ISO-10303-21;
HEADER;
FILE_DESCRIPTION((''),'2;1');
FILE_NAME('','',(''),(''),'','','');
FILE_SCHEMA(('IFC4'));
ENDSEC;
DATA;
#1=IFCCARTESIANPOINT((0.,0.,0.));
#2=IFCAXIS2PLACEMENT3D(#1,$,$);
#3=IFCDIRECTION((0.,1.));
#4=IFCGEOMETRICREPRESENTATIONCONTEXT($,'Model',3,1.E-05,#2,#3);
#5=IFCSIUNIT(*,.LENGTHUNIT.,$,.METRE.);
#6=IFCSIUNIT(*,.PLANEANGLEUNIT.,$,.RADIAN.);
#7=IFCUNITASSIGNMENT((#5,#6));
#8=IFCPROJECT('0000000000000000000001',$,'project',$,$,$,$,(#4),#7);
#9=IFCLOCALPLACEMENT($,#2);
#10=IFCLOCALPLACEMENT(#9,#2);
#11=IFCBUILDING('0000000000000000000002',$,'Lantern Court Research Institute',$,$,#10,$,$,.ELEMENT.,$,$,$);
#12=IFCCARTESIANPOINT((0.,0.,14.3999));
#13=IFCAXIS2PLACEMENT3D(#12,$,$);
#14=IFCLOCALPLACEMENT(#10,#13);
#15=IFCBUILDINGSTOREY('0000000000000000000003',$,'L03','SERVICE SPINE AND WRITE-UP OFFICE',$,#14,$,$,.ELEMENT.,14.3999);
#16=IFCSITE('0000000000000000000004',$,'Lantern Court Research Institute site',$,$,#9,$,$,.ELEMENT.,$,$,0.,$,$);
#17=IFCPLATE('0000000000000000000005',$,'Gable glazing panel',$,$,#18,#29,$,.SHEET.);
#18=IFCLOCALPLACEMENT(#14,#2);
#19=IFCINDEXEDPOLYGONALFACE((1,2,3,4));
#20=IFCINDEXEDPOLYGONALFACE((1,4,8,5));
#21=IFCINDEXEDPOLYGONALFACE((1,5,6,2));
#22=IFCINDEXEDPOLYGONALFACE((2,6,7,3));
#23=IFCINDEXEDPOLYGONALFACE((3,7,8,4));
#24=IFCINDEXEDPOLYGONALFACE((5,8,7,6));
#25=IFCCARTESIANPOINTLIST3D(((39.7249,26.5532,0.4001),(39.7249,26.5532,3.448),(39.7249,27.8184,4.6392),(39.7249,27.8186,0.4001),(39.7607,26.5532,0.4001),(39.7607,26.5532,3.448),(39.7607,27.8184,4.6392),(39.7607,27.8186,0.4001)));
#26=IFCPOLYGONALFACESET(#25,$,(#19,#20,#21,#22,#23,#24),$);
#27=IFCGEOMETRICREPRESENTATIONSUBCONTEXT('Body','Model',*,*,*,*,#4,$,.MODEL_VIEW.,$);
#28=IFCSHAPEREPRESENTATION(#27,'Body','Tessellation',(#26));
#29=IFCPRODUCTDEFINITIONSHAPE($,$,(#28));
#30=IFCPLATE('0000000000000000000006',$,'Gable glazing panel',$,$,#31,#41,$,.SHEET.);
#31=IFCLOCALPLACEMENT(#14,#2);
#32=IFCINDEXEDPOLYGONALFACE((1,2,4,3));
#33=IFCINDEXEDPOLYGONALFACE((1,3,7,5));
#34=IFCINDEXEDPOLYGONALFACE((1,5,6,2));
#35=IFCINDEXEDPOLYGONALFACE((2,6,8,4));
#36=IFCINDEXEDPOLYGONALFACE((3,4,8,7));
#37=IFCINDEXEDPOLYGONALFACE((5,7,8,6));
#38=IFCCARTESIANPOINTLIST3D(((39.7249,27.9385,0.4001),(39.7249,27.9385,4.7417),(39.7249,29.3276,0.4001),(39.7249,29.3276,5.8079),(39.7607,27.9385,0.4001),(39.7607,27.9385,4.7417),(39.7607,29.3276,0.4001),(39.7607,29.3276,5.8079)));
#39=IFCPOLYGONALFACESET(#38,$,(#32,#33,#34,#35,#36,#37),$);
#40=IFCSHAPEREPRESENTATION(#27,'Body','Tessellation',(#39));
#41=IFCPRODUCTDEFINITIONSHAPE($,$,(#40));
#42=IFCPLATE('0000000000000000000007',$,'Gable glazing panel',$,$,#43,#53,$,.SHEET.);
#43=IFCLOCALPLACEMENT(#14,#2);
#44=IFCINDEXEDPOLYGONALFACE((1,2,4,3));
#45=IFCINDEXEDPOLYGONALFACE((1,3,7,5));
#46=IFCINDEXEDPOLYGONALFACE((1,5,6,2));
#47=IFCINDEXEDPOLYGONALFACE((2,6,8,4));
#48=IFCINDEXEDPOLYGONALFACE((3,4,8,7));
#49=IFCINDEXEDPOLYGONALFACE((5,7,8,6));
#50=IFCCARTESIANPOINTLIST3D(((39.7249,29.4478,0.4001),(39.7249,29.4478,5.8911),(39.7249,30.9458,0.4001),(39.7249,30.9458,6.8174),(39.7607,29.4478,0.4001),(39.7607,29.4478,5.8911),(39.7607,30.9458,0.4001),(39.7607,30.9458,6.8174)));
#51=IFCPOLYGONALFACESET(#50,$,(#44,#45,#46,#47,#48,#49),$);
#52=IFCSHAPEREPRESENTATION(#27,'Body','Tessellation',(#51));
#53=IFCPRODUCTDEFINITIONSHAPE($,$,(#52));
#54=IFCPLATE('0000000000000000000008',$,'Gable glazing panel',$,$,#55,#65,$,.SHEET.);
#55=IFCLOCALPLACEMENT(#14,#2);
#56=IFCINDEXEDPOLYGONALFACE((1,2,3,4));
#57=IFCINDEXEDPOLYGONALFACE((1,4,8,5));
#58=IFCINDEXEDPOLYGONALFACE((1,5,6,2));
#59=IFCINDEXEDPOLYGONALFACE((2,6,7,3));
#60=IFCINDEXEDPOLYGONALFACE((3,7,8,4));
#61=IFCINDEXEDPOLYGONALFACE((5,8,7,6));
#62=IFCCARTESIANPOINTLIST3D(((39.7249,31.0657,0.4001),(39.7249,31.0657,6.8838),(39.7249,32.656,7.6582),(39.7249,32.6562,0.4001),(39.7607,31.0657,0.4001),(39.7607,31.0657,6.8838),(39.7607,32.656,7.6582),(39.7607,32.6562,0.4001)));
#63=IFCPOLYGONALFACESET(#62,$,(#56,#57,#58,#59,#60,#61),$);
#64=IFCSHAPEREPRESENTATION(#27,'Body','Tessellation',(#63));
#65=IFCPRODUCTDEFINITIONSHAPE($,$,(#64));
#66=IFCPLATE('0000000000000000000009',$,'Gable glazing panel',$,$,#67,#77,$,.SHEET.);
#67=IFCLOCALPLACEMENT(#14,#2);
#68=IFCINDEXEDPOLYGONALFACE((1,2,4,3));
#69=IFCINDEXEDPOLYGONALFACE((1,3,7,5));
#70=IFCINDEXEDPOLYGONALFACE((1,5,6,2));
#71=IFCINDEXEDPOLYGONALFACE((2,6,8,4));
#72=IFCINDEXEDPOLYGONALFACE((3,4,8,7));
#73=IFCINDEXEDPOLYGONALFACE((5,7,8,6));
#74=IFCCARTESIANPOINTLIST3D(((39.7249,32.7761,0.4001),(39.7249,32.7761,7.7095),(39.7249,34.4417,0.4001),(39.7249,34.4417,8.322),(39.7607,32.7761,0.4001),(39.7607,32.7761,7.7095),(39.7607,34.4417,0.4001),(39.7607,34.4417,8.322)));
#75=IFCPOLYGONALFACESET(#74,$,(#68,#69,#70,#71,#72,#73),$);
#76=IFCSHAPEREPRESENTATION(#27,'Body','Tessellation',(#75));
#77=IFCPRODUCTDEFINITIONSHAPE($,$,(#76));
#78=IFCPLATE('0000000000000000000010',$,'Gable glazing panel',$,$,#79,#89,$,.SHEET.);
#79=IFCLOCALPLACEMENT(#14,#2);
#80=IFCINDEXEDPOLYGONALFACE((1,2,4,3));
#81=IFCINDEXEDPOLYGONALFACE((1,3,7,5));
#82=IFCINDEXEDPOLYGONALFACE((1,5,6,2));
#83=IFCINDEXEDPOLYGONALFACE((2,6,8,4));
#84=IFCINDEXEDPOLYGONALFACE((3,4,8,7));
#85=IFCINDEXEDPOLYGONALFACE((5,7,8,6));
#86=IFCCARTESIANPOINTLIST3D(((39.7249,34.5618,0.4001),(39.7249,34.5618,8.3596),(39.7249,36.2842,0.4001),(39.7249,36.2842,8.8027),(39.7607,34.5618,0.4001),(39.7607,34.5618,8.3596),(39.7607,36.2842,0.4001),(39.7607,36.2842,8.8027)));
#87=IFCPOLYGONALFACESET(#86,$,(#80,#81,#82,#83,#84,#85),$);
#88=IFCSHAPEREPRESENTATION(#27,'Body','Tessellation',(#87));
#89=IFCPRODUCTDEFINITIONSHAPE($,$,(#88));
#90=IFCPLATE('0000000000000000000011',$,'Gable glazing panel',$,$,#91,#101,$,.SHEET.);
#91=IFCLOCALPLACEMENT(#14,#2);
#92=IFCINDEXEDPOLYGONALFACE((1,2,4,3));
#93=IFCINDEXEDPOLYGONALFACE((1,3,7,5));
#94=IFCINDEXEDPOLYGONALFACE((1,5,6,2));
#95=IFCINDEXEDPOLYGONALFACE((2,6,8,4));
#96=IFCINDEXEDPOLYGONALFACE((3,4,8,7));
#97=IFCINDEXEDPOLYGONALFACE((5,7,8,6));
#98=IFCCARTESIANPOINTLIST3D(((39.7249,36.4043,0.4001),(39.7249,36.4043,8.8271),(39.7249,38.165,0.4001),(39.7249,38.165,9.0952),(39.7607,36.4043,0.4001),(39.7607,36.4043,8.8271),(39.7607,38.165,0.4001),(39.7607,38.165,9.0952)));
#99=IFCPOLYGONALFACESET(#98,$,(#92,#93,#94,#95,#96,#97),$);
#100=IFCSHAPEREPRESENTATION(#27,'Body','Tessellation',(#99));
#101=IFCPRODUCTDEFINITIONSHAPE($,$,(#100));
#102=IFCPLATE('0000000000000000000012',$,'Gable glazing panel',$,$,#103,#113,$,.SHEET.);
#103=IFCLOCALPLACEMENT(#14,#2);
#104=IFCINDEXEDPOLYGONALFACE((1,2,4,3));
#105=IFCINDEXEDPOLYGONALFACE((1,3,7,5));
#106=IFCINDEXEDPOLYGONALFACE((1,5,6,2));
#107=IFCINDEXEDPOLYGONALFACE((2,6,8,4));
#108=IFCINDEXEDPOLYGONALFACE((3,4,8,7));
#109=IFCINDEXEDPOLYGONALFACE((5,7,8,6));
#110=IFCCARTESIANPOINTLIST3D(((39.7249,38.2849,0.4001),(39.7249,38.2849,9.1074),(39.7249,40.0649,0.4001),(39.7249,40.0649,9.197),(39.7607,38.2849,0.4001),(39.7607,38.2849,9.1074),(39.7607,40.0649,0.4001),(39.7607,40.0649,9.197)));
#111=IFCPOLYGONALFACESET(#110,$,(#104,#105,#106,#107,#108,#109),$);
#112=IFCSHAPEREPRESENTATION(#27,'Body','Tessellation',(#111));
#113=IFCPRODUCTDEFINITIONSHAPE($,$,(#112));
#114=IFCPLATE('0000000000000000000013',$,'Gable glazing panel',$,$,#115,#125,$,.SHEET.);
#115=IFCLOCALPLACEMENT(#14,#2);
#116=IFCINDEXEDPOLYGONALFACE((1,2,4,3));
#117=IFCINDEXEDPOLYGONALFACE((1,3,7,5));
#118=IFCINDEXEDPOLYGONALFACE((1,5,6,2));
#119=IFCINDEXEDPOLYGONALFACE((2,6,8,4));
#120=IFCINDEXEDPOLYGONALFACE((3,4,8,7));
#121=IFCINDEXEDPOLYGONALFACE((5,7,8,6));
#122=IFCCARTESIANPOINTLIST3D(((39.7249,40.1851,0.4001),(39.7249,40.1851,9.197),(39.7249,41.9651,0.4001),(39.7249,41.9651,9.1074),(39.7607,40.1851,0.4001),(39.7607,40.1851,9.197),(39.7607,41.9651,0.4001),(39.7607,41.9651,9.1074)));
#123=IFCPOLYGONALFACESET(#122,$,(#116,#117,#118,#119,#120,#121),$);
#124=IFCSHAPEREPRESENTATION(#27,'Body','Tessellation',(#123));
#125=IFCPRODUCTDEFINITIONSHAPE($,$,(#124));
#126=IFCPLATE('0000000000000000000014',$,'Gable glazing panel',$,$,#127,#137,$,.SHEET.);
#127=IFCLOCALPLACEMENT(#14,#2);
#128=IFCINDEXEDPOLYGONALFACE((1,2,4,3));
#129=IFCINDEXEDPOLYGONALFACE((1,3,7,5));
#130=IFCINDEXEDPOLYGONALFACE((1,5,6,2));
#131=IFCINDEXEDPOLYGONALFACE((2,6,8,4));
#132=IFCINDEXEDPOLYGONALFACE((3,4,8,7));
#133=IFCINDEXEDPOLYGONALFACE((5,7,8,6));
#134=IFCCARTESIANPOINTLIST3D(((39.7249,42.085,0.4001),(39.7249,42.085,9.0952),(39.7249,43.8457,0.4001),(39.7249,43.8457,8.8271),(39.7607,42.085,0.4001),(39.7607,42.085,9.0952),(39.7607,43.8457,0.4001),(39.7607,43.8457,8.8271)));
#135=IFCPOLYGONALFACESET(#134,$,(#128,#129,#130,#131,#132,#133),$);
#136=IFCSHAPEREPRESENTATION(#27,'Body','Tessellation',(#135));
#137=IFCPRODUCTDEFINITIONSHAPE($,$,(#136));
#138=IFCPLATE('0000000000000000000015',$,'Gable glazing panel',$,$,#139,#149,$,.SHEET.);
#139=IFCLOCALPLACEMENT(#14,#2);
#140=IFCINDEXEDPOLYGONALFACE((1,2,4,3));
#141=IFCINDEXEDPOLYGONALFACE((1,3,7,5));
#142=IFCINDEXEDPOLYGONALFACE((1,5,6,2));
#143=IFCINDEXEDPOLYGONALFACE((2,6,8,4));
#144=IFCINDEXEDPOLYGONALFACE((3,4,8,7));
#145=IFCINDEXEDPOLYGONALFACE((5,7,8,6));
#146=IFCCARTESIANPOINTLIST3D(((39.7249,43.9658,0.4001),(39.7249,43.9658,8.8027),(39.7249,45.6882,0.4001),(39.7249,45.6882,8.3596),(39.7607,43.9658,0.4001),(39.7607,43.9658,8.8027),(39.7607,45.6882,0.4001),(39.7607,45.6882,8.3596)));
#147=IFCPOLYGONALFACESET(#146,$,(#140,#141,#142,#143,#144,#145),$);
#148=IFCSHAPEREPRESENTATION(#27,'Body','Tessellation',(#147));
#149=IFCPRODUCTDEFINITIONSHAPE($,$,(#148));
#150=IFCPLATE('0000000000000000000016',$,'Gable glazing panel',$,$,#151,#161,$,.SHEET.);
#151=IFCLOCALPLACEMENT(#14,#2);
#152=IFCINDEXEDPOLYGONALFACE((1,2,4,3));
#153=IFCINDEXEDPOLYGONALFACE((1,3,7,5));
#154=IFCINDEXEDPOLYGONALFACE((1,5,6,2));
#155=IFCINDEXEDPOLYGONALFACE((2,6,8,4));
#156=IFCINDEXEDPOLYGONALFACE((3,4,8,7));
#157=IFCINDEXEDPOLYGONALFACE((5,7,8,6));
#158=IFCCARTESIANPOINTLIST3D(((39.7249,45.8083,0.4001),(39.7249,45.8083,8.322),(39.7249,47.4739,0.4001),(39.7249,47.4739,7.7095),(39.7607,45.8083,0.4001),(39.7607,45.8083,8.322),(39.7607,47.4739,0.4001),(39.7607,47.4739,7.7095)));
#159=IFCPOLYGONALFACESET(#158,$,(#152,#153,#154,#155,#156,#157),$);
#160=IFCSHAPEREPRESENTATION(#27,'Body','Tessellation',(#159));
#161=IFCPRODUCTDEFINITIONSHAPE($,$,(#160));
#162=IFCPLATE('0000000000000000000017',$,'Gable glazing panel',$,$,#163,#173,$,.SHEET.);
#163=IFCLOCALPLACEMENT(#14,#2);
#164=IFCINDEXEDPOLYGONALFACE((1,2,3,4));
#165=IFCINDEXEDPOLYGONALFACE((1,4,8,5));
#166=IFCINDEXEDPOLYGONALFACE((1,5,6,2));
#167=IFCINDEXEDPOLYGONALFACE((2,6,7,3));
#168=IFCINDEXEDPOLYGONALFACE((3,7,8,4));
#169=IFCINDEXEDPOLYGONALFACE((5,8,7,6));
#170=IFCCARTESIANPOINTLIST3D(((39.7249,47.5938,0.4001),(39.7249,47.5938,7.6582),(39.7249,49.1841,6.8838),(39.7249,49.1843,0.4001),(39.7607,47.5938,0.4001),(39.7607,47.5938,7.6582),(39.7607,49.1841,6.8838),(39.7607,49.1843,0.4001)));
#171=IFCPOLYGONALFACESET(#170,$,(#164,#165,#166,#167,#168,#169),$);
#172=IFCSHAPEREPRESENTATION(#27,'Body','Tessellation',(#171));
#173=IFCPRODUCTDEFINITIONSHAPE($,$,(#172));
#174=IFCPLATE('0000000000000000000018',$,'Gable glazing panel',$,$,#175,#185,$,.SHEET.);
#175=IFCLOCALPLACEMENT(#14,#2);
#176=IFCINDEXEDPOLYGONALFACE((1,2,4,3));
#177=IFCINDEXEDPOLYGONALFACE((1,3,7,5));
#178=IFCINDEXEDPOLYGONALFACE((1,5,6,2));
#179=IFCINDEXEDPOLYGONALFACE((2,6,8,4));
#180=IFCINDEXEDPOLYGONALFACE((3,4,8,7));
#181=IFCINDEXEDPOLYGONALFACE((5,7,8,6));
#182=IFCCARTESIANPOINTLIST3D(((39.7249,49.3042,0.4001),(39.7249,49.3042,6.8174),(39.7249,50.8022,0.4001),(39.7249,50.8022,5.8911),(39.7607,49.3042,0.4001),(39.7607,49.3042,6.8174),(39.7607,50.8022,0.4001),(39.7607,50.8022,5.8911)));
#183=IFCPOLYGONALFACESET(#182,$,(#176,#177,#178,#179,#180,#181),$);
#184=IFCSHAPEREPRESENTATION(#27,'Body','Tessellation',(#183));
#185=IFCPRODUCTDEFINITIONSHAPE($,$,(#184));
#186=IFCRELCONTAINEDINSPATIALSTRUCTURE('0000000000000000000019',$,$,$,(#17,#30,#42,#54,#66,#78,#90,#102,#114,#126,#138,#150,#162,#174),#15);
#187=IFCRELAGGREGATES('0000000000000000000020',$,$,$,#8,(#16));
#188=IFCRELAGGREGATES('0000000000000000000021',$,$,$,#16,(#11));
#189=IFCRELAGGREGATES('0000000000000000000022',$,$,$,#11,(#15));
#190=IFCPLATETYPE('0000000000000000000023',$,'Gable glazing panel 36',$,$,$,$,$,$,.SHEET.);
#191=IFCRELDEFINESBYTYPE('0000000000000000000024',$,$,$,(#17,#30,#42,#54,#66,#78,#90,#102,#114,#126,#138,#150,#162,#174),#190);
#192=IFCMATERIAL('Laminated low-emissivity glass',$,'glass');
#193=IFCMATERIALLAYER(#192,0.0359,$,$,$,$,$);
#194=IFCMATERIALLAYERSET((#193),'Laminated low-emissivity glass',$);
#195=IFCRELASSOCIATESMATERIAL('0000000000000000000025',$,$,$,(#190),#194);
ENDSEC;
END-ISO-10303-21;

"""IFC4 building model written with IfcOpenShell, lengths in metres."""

from ifc_helpers import new_model, si_unit, direction, frame, origin, place, context, subcontext, project, spatial, polyline, outline, extrude, material, layer, layer_set, type_object, element, save


model = new_model("IFC4")

# Units and contexts
model_context = context("Model", 3, precision=1e-05, world=origin(), true_north=direction((0.0, 1.0)))
body_context = subcontext(model_context, "Body", "Model", "MODEL_VIEW")
ifc_project = project(units=[si_unit("LENGTHUNIT", "METRE"), si_unit("PLANEANGLEUNIT", "RADIAN")], contexts=[model_context])

# Site, building, storey
site_placement = place(None, origin())
site = spatial("IfcSite", under=ifc_project, at=site_placement, Name="Lantern Court Research Institute site", CompositionType="ELEMENT", RefElevation=0.0)
building_placement = place(site_placement, origin())
building = spatial("IfcBuilding", under=site, at=building_placement, Name="Lantern Court Research Institute", CompositionType="ELEMENT")
storey_placement = place(building_placement, frame((0.0, 0.0, 14.3999)))
storey = spatial("IfcBuildingStorey", under=building, at=storey_placement, Name="L03", Description="SERVICE SPINE AND WRITE-UP OFFICE", CompositionType="ELEMENT", Elevation=14.3999)

# Plates
ifc_material_1 = material(Name="Laminated low-emissivity glass", Category="glass")
ifc_layer_1 = layer(ifc_material_1, 0.0359)
ifc_layer_set_1 = layer_set([ifc_layer_1], Name="Laminated low-emissivity glass")
plate_type_1 = type_object("IfcPlateType", Name="Gable glazing panel 36", PredefinedType="SHEET", material=ifc_layer_set_1)
plate_1_placement = place(storey_placement, frame((39.7429, 26.5532, 0.4001), z_axis=(0.0, 0.0, 1.0), x_axis=(0.0, 1.0, 0.0)))
element("IfcPlate", 1, at=plate_1_placement, inside=storey, type_object=plate_type_1, Name="Gable glazing panel", PredefinedType="SHEET", context=body_context, shape_type="SweptSolid", body=[
    extrude(outline(polyline([(0.0, 0.0), (1.2654, 0.0), (1.2651, 4.239), (0.0, 3.0479), (0.0, 0.0)])), frame((0.0, 0.0181, 0.0), z_axis=(0.0, -1.0, 0.0), x_axis=(1.0, 0.0, 0.0)), (0.0, 0.0, 1.0), 0.0359),
])
plate_2_placement = place(storey_placement, frame((39.7429, 27.9385, 0.4001), z_axis=(0.0, 0.0, 1.0), x_axis=(0.0, 1.0, 0.0)))
element("IfcPlate", 2, at=plate_2_placement, inside=storey, type_object=plate_type_1, Name="Gable glazing panel", PredefinedType="SHEET", context=body_context, shape_type="SweptSolid", body=[
    extrude(outline(polyline([(0.0, 0.0), (1.3892, 0.0), (1.3892, 5.4077), (0.0, 4.3416), (0.0, 0.0)])), frame((0.0, 0.0181, 0.0), z_axis=(0.0, -1.0, 0.0), x_axis=(1.0, 0.0, 0.0)), (0.0, 0.0, 1.0), 0.0359),
])
plate_3_placement = place(storey_placement, frame((39.7429, 29.4478, 0.4001), z_axis=(0.0, 0.0, 1.0), x_axis=(0.0, 1.0, 0.0)))
element("IfcPlate", 3, at=plate_3_placement, inside=storey, type_object=plate_type_1, Name="Gable glazing panel", PredefinedType="SHEET", context=body_context, shape_type="SweptSolid", body=[
    extrude(outline(polyline([(0.0, 0.0), (1.498, 0.0), (1.498, 6.4172), (0.0, 5.491), (0.0, 0.0)])), frame((0.0, 0.0181, 0.0), z_axis=(0.0, -1.0, 0.0), x_axis=(1.0, 0.0, 0.0)), (0.0, 0.0, 1.0), 0.0359),
])
plate_4_placement = place(storey_placement, frame((39.7429, 31.0657, 0.4001), z_axis=(0.0, 0.0, 1.0), x_axis=(0.0, 1.0, 0.0)))
element("IfcPlate", 4, at=plate_4_placement, inside=storey, type_object=plate_type_1, Name="Gable glazing panel", PredefinedType="SHEET", context=body_context, shape_type="SweptSolid", body=[
    extrude(outline(polyline([(0.0, 0.0), (1.5906, 0.0), (1.5903, 7.2581), (0.0, 6.4836), (0.0, 0.0)])), frame((0.0, 0.0181, 0.0), z_axis=(0.0, -1.0, 0.0), x_axis=(1.0, 0.0, 0.0)), (0.0, 0.0, 1.0), 0.0359),
])
plate_5_placement = place(storey_placement, frame((39.7429, 32.7761, 0.4001), z_axis=(0.0, 0.0, 1.0), x_axis=(0.0, 1.0, 0.0)))
element("IfcPlate", 5, at=plate_5_placement, inside=storey, type_object=plate_type_1, Name="Gable glazing panel", PredefinedType="SHEET", context=body_context, shape_type="SweptSolid", body=[
    extrude(outline(polyline([(0.0, 0.0), (1.6655, 0.0), (1.6655, 7.9219), (0.0, 7.3093), (0.0, 0.0)])), frame((0.0, 0.0181, 0.0), z_axis=(0.0, -1.0, 0.0), x_axis=(1.0, 0.0, 0.0)), (0.0, 0.0, 1.0), 0.0359),
])
plate_6_placement = place(storey_placement, frame((39.7429, 34.5618, 0.4001), z_axis=(0.0, 0.0, 1.0), x_axis=(0.0, 1.0, 0.0)))
element("IfcPlate", 6, at=plate_6_placement, inside=storey, type_object=plate_type_1, Name="Gable glazing panel", PredefinedType="SHEET", context=body_context, shape_type="SweptSolid", body=[
    extrude(outline(polyline([(0.0, 0.0), (1.7224, 0.0), (1.7224, 8.4026), (0.0, 7.9595), (0.0, 0.0)])), frame((0.0, 0.0181, 0.0), z_axis=(0.0, -1.0, 0.0), x_axis=(1.0, 0.0, 0.0)), (0.0, 0.0, 1.0), 0.0359),
])
plate_7_placement = place(storey_placement, frame((39.7429, 36.4043, 0.4001), z_axis=(0.0, 0.0, 1.0), x_axis=(0.0, 1.0, 0.0)))
element("IfcPlate", 7, at=plate_7_placement, inside=storey, type_object=plate_type_1, Name="Gable glazing panel", PredefinedType="SHEET", context=body_context, shape_type="SweptSolid", body=[
    extrude(outline(polyline([(0.0, 0.0), (1.7607, 0.0), (1.7607, 8.6951), (0.0, 8.427), (0.0, 0.0)])), frame((0.0, 0.0181, 0.0), z_axis=(0.0, -1.0, 0.0), x_axis=(1.0, 0.0, 0.0)), (0.0, 0.0, 1.0), 0.0359),
])
plate_8_placement = place(storey_placement, frame((39.7429, 38.2849, 0.4001), z_axis=(0.0, 0.0, 1.0), x_axis=(0.0, 1.0, 0.0)))
element("IfcPlate", 8, at=plate_8_placement, inside=storey, type_object=plate_type_1, Name="Gable glazing panel", PredefinedType="SHEET", context=body_context, shape_type="SweptSolid", body=[
    extrude(outline(polyline([(0.0, 0.0), (1.78, 0.0), (1.78, 8.7969), (0.0, 8.7073), (0.0, 0.0)])), frame((0.0, 0.0181, 0.0), z_axis=(0.0, -1.0, 0.0), x_axis=(1.0, 0.0, 0.0)), (0.0, 0.0, 1.0), 0.0359),
])
plate_9_placement = place(storey_placement, frame((39.7429, 40.1851, 0.4001), z_axis=(0.0, 0.0, 1.0), x_axis=(0.0, 1.0, 0.0)))
element("IfcPlate", 9, at=plate_9_placement, inside=storey, type_object=plate_type_1, Name="Gable glazing panel", PredefinedType="SHEET", context=body_context, shape_type="SweptSolid", body=[
    extrude(outline(polyline([(0.0, 0.0), (1.78, 0.0), (1.78, 8.7073), (0.0, 8.7969), (0.0, 0.0)])), frame((0.0, 0.0181, 0.0), z_axis=(0.0, -1.0, 0.0), x_axis=(1.0, 0.0, 0.0)), (0.0, 0.0, 1.0), 0.0359),
])
plate_10_placement = place(storey_placement, frame((39.7429, 42.085, 0.4001), z_axis=(0.0, 0.0, 1.0), x_axis=(0.0, 1.0, 0.0)))
element("IfcPlate", 10, at=plate_10_placement, inside=storey, type_object=plate_type_1, Name="Gable glazing panel", PredefinedType="SHEET", context=body_context, shape_type="SweptSolid", body=[
    extrude(outline(polyline([(0.0, 0.0), (1.7607, 0.0), (1.7607, 8.427), (0.0, 8.6951), (0.0, 0.0)])), frame((0.0, 0.0181, 0.0), z_axis=(0.0, -1.0, 0.0), x_axis=(1.0, 0.0, 0.0)), (0.0, 0.0, 1.0), 0.0359),
])
plate_11_placement = place(storey_placement, frame((39.7429, 43.9658, 0.4001), z_axis=(0.0, 0.0, 1.0), x_axis=(0.0, 1.0, 0.0)))
element("IfcPlate", 11, at=plate_11_placement, inside=storey, type_object=plate_type_1, Name="Gable glazing panel", PredefinedType="SHEET", context=body_context, shape_type="SweptSolid", body=[
    extrude(outline(polyline([(0.0, 0.0), (1.7224, 0.0), (1.7224, 7.9595), (0.0, 8.4026), (0.0, 0.0)])), frame((0.0, 0.0181, 0.0), z_axis=(0.0, -1.0, 0.0), x_axis=(1.0, 0.0, 0.0)), (0.0, 0.0, 1.0), 0.0359),
])
plate_12_placement = place(storey_placement, frame((39.7429, 45.8083, 0.4001), z_axis=(0.0, 0.0, 1.0), x_axis=(0.0, 1.0, 0.0)))
element("IfcPlate", 12, at=plate_12_placement, inside=storey, type_object=plate_type_1, Name="Gable glazing panel", PredefinedType="SHEET", context=body_context, shape_type="SweptSolid", body=[
    extrude(outline(polyline([(0.0, 0.0), (1.6655, 0.0), (1.6655, 7.3093), (0.0, 7.9219), (0.0, 0.0)])), frame((0.0, 0.0181, 0.0), z_axis=(0.0, -1.0, 0.0), x_axis=(1.0, 0.0, 0.0)), (0.0, 0.0, 1.0), 0.0359),
])
plate_13_placement = place(storey_placement, frame((39.7429, 47.5938, 0.4001), z_axis=(0.0, 0.0, 1.0), x_axis=(0.0, 1.0, 0.0)))
element("IfcPlate", 13, at=plate_13_placement, inside=storey, type_object=plate_type_1, Name="Gable glazing panel", PredefinedType="SHEET", context=body_context, shape_type="SweptSolid", body=[
    extrude(outline(polyline([(0.0, 0.0), (1.5906, 0.0), (1.5903, 6.4836), (0.0, 7.2581), (0.0, 0.0)])), frame((0.0, 0.0181, 0.0), z_axis=(0.0, -1.0, 0.0), x_axis=(1.0, 0.0, 0.0)), (0.0, 0.0, 1.0), 0.0359),
])
plate_14_placement = place(storey_placement, frame((39.7429, 49.3042, 0.4001), z_axis=(0.0, 0.0, 1.0), x_axis=(0.0, 1.0, 0.0)))
element("IfcPlate", 14, at=plate_14_placement, inside=storey, type_object=plate_type_1, Name="Gable glazing panel", PredefinedType="SHEET", context=body_context, shape_type="SweptSolid", body=[
    extrude(outline(polyline([(0.0, 0.0), (1.498, 0.0), (1.498, 5.491), (0.0, 6.4172), (0.0, 0.0)])), frame((0.0, 0.0181, 0.0), z_axis=(0.0, -1.0, 0.0), x_axis=(1.0, 0.0, 0.0)), (0.0, 0.0, 1.0), 0.0359),
])

save(model, "model.ifc")
